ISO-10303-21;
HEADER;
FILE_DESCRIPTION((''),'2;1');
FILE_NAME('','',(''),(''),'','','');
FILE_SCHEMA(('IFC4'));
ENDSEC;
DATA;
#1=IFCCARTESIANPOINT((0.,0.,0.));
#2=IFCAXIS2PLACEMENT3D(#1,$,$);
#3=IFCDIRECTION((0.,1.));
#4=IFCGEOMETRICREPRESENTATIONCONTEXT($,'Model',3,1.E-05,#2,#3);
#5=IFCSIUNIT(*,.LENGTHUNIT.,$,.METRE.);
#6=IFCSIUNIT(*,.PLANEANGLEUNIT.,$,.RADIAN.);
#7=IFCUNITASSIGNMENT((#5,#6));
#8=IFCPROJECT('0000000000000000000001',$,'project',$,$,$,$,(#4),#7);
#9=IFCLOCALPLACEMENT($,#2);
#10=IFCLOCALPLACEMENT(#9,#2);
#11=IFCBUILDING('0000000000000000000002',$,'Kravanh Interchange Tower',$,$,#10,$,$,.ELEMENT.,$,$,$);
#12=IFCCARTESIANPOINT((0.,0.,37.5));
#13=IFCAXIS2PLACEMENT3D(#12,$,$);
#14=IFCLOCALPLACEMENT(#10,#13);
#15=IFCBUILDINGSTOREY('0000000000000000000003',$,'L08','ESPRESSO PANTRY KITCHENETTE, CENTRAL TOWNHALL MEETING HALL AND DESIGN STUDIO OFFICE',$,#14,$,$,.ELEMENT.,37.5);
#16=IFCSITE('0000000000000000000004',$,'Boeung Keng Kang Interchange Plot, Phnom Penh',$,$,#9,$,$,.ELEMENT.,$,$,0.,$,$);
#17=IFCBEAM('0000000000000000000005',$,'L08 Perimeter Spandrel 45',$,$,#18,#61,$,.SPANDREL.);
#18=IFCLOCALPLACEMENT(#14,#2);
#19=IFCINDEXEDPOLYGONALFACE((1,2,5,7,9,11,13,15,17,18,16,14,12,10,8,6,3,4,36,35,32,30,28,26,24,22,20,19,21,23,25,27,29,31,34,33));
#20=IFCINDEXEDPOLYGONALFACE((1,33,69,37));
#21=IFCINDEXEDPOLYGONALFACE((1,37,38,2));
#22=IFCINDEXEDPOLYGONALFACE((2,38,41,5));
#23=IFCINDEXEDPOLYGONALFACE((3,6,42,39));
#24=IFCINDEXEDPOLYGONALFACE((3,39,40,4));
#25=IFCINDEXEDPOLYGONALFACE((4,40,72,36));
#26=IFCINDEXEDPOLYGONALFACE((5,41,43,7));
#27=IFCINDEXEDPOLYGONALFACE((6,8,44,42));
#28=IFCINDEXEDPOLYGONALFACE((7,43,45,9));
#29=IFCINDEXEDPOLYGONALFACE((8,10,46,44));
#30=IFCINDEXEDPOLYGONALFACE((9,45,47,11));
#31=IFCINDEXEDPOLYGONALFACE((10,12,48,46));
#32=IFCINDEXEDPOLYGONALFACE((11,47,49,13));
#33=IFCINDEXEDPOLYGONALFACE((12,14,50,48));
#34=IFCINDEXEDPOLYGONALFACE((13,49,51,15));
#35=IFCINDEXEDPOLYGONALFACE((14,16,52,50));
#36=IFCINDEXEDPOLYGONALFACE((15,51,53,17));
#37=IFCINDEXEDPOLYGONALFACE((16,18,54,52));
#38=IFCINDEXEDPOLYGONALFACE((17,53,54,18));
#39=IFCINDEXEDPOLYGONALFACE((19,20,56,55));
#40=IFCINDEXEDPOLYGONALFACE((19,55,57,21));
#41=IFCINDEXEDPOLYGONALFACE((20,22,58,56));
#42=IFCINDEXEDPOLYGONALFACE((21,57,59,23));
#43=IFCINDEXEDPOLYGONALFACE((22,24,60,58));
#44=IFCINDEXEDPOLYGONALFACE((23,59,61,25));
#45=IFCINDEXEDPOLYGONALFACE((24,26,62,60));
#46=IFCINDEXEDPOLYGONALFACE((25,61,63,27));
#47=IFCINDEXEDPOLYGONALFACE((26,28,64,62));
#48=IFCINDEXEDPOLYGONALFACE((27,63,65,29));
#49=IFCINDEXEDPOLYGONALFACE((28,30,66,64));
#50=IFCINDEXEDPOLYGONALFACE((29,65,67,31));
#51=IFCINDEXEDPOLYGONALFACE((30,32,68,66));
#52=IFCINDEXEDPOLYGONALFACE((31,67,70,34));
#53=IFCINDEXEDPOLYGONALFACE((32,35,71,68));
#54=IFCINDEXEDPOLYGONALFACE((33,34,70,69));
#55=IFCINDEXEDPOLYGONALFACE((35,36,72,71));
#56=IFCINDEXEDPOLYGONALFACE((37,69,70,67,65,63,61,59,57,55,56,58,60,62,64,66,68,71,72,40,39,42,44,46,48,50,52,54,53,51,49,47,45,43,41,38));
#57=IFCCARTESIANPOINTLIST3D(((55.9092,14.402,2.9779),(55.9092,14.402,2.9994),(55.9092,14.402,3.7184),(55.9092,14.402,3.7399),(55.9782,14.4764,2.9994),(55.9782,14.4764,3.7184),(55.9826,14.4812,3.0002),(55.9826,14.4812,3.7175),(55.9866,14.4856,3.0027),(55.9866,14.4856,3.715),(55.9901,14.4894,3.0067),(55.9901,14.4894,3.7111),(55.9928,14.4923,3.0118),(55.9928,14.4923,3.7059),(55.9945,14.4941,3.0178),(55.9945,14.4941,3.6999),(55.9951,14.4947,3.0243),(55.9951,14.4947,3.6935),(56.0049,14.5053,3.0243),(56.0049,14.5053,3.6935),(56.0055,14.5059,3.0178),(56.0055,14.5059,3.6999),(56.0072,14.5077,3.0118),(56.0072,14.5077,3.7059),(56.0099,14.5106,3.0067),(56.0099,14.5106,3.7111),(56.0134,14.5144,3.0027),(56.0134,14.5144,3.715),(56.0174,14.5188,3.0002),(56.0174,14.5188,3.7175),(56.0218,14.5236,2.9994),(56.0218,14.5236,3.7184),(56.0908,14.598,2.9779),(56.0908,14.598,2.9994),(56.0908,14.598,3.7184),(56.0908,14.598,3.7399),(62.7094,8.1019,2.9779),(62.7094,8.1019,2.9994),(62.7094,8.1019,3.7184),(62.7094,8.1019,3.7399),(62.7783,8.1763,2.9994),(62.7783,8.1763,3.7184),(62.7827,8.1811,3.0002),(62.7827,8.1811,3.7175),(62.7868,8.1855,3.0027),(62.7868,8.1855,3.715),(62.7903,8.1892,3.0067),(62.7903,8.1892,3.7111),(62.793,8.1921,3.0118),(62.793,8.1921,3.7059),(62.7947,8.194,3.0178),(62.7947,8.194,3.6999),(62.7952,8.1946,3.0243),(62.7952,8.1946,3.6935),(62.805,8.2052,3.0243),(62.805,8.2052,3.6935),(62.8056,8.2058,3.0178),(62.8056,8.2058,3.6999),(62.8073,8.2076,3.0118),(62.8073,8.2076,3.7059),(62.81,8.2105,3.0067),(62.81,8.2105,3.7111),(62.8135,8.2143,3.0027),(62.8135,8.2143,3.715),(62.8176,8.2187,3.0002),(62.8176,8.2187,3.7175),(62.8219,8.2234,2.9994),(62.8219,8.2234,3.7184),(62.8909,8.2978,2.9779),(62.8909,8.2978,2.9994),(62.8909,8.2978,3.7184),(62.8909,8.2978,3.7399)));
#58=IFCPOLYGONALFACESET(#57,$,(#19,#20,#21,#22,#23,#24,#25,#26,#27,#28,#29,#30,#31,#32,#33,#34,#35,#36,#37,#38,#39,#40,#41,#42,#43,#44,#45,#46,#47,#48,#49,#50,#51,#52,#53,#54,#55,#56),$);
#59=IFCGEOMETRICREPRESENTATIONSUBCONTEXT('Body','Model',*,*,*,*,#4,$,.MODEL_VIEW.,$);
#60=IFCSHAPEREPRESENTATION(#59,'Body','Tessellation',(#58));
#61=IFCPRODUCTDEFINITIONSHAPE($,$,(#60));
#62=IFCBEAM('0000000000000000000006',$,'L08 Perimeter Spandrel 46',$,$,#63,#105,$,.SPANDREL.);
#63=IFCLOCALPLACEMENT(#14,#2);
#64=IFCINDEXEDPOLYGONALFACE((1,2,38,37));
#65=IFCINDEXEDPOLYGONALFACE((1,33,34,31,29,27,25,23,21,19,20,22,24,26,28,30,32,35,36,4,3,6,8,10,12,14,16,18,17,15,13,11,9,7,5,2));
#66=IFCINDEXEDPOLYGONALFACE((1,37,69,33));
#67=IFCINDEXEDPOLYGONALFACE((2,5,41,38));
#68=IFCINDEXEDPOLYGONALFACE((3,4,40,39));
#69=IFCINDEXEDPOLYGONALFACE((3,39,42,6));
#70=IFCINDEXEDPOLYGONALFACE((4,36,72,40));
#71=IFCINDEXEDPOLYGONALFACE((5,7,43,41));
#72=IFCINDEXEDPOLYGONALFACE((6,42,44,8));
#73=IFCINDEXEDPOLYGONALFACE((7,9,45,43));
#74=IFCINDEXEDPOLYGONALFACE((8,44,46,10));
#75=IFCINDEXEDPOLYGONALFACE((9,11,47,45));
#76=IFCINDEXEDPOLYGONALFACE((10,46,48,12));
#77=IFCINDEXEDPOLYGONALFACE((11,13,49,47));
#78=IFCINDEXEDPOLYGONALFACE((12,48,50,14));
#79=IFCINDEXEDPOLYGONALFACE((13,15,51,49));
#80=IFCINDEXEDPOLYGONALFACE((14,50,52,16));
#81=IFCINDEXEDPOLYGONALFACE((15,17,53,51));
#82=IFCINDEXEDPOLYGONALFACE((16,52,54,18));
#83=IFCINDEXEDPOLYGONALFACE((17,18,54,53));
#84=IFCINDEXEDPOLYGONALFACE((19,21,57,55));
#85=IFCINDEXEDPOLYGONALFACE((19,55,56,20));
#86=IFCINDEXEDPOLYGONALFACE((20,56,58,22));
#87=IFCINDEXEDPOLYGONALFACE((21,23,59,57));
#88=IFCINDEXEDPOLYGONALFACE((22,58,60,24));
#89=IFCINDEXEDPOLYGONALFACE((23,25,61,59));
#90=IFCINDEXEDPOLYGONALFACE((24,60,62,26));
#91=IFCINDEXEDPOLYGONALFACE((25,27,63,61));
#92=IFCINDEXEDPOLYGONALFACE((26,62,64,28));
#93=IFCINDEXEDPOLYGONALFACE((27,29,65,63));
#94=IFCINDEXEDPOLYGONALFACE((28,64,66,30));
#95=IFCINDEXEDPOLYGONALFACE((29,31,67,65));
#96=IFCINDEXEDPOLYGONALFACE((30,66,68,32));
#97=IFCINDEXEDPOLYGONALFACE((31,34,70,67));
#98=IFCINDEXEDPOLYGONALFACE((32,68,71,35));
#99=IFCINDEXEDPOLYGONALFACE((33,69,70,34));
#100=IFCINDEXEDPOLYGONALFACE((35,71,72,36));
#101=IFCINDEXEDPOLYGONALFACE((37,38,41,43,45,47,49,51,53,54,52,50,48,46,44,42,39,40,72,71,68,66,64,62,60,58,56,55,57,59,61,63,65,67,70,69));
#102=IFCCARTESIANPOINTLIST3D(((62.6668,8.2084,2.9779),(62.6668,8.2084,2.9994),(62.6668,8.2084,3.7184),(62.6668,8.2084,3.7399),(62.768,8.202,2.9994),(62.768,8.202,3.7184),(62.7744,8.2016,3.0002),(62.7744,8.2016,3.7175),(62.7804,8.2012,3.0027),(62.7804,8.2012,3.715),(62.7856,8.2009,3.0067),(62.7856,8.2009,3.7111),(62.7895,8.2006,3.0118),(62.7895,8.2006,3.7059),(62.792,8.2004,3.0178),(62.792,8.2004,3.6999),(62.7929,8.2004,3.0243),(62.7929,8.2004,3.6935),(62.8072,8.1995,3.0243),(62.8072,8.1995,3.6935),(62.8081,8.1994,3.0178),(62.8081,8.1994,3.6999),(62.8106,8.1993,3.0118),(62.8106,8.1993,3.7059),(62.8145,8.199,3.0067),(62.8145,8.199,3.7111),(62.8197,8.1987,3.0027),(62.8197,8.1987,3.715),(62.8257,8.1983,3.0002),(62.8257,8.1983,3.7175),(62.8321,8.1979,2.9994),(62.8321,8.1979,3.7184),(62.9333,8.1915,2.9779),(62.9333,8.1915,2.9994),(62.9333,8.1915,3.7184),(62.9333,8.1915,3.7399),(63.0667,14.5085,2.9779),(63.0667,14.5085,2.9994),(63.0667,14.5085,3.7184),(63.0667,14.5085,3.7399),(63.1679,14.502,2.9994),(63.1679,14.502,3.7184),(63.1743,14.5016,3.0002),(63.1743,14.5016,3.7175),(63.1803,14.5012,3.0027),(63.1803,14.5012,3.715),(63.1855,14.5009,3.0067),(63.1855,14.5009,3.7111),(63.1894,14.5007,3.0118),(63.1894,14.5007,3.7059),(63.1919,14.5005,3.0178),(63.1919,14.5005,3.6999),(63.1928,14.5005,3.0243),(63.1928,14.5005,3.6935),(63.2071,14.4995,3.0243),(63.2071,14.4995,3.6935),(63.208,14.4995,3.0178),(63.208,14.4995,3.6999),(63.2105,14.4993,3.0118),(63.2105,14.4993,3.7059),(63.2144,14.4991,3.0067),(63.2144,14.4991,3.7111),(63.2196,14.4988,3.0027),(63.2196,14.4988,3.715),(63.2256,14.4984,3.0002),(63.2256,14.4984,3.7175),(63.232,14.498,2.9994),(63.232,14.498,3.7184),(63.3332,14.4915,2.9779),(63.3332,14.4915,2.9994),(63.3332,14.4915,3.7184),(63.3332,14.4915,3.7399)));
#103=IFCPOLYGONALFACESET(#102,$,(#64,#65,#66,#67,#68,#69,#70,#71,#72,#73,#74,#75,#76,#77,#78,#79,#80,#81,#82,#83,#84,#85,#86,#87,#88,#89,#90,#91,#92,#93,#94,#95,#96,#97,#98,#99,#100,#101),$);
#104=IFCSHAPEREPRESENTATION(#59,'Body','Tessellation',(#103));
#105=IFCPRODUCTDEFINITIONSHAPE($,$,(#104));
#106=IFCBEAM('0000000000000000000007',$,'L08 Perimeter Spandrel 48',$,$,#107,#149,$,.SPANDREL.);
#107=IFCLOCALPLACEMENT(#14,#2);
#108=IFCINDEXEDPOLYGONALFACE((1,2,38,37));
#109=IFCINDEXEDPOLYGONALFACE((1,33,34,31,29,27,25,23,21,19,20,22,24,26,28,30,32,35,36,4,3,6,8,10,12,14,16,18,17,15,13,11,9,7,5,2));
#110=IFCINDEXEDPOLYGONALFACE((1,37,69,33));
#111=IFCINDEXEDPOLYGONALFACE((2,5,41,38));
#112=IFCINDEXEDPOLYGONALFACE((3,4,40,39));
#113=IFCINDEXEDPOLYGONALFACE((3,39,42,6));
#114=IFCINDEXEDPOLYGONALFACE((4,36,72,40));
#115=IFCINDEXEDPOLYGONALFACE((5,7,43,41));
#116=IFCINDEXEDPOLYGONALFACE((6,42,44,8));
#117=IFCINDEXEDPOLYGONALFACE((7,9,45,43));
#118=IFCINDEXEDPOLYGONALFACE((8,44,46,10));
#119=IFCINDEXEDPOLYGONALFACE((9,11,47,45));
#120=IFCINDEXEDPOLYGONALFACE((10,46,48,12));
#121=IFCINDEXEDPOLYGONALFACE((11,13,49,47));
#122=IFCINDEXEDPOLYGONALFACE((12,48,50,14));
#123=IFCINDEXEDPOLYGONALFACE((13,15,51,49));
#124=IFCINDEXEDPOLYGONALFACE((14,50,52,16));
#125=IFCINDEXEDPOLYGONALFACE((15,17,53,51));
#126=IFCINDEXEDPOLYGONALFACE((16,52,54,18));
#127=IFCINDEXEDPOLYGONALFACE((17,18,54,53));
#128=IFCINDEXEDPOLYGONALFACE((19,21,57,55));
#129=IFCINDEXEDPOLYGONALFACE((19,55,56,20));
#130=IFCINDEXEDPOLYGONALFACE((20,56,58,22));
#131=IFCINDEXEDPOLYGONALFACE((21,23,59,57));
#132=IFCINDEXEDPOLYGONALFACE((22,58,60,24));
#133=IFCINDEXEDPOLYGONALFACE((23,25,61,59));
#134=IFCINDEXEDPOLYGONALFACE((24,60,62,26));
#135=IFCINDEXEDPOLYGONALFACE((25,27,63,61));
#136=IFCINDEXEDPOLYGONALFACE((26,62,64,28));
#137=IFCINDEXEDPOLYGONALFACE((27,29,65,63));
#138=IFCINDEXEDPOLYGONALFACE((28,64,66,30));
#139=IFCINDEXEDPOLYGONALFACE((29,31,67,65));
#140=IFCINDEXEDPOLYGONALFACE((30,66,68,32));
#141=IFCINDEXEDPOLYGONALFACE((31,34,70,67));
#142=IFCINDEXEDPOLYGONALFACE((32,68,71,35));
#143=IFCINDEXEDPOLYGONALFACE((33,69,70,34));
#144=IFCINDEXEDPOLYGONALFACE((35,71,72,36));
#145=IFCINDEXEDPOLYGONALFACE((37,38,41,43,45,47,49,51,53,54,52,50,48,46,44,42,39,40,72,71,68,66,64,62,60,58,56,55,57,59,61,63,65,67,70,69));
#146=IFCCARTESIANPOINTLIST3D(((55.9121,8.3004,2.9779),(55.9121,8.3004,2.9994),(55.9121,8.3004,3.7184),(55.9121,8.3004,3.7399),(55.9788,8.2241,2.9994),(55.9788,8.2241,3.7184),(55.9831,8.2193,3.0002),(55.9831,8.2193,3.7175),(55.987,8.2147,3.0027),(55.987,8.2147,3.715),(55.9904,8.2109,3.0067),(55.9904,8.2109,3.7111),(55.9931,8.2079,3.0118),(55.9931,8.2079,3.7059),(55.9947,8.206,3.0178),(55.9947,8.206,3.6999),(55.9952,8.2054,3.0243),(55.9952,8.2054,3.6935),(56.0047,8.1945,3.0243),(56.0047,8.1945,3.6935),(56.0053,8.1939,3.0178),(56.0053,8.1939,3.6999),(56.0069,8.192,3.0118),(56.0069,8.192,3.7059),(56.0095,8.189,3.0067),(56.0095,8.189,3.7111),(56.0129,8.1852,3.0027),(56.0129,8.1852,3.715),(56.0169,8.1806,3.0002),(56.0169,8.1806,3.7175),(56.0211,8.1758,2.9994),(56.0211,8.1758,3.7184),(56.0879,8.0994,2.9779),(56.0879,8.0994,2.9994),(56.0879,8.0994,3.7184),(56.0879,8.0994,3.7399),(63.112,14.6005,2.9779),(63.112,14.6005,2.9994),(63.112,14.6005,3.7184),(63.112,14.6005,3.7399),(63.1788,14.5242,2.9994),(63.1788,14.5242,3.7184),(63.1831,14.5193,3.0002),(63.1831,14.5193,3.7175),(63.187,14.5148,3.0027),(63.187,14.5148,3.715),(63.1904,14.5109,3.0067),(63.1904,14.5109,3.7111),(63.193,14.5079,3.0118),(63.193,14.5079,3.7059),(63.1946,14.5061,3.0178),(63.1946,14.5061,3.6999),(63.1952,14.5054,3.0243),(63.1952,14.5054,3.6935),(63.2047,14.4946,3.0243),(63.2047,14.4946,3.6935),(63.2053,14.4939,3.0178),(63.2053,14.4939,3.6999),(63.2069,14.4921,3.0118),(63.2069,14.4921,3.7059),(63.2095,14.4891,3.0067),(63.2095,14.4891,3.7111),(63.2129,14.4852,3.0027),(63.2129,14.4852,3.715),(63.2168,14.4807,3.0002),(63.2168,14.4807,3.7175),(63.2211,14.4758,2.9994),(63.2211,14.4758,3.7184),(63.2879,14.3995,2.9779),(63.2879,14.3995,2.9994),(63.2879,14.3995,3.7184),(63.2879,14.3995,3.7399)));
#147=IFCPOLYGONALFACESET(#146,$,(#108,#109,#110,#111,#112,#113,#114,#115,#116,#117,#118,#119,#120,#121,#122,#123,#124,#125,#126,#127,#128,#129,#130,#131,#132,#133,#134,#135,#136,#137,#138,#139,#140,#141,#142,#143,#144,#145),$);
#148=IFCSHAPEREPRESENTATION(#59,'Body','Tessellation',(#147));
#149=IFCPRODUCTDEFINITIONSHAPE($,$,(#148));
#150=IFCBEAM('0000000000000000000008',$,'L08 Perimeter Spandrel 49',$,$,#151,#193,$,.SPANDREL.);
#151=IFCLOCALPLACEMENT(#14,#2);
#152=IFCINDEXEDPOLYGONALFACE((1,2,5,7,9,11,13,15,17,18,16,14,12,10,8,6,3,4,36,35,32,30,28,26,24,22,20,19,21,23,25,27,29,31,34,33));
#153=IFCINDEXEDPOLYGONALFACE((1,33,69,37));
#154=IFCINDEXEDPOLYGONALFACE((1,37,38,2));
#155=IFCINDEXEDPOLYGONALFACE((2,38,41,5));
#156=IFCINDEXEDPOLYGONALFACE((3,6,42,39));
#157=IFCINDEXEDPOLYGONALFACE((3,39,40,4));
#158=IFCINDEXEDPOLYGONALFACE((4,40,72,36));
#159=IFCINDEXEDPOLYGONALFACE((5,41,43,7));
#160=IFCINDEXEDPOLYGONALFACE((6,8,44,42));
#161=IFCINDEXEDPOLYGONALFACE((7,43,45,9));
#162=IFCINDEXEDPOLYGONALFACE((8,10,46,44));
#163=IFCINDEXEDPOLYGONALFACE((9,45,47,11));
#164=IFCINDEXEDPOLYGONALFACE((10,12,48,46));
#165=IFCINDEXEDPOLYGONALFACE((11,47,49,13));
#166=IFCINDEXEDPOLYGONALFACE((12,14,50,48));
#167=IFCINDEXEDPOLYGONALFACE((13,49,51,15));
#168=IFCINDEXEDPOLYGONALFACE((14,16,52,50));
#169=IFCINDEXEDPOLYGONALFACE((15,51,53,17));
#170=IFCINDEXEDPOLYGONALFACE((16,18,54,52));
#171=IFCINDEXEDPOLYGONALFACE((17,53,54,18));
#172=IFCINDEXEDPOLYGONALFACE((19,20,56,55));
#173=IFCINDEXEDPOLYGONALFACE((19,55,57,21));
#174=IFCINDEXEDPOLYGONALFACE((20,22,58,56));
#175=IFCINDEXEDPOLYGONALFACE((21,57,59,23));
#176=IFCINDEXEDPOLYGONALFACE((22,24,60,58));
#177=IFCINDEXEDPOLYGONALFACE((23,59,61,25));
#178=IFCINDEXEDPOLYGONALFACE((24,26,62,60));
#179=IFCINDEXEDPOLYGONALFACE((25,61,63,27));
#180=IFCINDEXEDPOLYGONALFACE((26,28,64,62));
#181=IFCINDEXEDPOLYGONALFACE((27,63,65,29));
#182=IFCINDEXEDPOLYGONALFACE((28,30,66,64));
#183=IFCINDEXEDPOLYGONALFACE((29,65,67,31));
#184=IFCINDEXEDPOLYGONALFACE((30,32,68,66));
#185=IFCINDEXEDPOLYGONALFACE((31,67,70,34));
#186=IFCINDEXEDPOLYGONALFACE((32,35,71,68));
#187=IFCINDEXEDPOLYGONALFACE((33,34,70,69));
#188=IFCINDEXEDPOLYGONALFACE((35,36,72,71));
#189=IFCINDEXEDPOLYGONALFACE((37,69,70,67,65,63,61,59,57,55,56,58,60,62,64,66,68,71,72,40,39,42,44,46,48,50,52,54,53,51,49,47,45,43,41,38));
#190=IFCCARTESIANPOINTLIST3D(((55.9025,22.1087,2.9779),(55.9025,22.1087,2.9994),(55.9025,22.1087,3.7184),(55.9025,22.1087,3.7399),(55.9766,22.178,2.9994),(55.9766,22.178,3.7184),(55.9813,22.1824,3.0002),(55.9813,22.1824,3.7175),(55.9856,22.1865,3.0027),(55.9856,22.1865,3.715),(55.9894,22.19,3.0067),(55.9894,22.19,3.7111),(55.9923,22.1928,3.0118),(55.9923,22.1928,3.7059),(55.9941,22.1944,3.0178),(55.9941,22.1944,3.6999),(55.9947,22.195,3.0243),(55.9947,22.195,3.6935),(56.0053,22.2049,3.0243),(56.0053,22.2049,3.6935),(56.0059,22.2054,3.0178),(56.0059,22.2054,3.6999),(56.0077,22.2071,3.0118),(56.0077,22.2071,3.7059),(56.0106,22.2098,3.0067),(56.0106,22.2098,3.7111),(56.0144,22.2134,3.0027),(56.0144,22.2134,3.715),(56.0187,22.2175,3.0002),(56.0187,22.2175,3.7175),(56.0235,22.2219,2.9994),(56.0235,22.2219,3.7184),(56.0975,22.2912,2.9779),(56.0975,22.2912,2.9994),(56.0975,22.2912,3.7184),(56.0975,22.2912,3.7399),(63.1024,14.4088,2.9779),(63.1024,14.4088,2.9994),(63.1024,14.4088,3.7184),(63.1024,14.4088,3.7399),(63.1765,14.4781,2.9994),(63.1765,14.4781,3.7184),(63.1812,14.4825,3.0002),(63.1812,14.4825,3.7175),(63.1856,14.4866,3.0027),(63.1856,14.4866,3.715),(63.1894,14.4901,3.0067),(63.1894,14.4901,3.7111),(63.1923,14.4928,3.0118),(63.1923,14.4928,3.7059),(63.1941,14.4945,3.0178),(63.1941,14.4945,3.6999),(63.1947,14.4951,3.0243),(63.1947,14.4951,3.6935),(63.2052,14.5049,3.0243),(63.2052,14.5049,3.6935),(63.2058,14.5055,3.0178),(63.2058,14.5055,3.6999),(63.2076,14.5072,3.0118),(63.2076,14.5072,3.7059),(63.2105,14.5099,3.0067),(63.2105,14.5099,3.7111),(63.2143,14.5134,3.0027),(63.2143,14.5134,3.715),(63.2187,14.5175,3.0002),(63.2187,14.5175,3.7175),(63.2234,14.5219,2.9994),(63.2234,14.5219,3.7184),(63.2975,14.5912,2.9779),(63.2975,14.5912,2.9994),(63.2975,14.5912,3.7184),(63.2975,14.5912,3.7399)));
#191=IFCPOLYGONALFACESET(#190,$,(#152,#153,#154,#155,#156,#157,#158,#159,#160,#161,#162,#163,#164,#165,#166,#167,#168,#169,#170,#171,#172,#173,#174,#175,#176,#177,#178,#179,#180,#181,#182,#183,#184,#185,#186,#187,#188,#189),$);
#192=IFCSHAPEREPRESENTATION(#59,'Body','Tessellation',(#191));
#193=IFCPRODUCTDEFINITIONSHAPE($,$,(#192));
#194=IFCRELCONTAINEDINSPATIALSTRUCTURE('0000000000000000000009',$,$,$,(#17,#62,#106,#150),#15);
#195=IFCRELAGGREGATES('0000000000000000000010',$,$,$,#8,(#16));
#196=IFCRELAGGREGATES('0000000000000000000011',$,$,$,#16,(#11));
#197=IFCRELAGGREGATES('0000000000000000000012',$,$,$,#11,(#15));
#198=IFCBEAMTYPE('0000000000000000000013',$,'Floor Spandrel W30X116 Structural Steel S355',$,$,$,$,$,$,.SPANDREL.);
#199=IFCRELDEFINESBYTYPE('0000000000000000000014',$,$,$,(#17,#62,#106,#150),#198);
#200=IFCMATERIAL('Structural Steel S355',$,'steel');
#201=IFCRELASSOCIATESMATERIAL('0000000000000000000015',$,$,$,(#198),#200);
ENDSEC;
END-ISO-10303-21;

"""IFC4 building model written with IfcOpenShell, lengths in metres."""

from ifc_helpers import new_model, si_unit, direction, frame, origin, origin_2d, place, context, subcontext, project, spatial, i_section, extrude, material, material_profile, profile_set, type_object, element, save


model = new_model("IFC4")

# Units and contexts
model_context = context("Model", 3, precision=1e-05, world=origin(), true_north=direction((0.0, 1.0)))
body_context = subcontext(model_context, "Body", "Model", "MODEL_VIEW")
ifc_project = project(units=[si_unit("LENGTHUNIT", "METRE"), si_unit("PLANEANGLEUNIT", "RADIAN")], contexts=[model_context])

# Site, building, storey
site_placement = place(None, origin())
site = spatial("IfcSite", under=ifc_project, at=site_placement, Name="Boeung Keng Kang Interchange Plot, Phnom Penh", CompositionType="ELEMENT", RefElevation=0.0)
building_placement = place(site_placement, origin())
building = spatial("IfcBuilding", under=site, at=building_placement, Name="Kravanh Interchange Tower", CompositionType="ELEMENT")
storey_placement = place(building_placement, frame((0.0, 0.0, 37.5)))
storey = spatial("IfcBuildingStorey", under=building, at=storey_placement, Name="L08", Description="ESPRESSO PANTRY KITCHENETTE, CENTRAL TOWNHALL MEETING HALL AND DESIGN STUDIO OFFICE", CompositionType="ELEMENT", Elevation=37.5)

# Beams
ifc_material_1 = material(Name="Structural Steel S355", Category="steel")
ifc_material_profile_1 = material_profile(ifc_material_1, i_section(OverallWidth=0.2671, OverallDepth=0.762, WebThickness=0.0144, FlangeThickness=0.0215, FilletRadius=0.0249, at=origin_2d()), Name="W30X116")
ifc_profile_set_1 = profile_set([ifc_material_profile_1], Name="Structural Steel S355")
beam_type_1 = type_object("IfcBeamType", Name="Floor Spandrel W30X116 Structural Steel S355", PredefinedType="SPANDREL", material=ifc_profile_set_1)
beam_1_placement = place(storey_placement, frame((56.0, 14.5, 3.3589), z_axis=(0.733561, -0.679623, 0.0), x_axis=(0.679623, 0.733561, 0.0)))
element("IfcBeam", 1, at=beam_1_placement, inside=storey, type_object=beam_type_1, Name="L08 Perimeter Spandrel 45", PredefinedType="SPANDREL", context=body_context, shape_type="SweptSolid", body=[
    extrude(i_section(OverallWidth=0.2671, OverallDepth=0.762, WebThickness=0.0144, FlangeThickness=0.0215, FilletRadius=0.0249, at=origin_2d()), origin(), (0.0, 0.0, 1.0), 9.27),
])
beam_2_placement = place(storey_placement, frame((63.2, 14.5, 3.3589), z_axis=(-0.063349, -0.997991, 0.0), x_axis=(0.997991, -0.063349, 0.0)))
element("IfcBeam", 2, at=beam_2_placement, inside=storey, type_object=beam_type_1, Name="L08 Perimeter Spandrel 46", PredefinedType="SPANDREL", context=body_context, shape_type="SweptSolid", body=[
    extrude(i_section(OverallWidth=0.2671, OverallDepth=0.762, WebThickness=0.0144, FlangeThickness=0.0215, FilletRadius=0.0249, at=origin_2d()), origin(), (0.0, 0.0, 1.0), 6.3127),
])
beam_3_placement = place(storey_placement, frame((63.2, 14.5, 3.3589), z_axis=(-0.752572, -0.65851, 0.0), x_axis=(0.65851, -0.752572, 0.0)))
element("IfcBeam", 3, at=beam_3_placement, inside=storey, type_object=beam_type_1, Name="L08 Perimeter Spandrel 48", PredefinedType="SPANDREL", context=body_context, shape_type="SweptSolid", body=[
    extrude(i_section(OverallWidth=0.2671, OverallDepth=0.762, WebThickness=0.0144, FlangeThickness=0.0215, FilletRadius=0.0249, at=origin_2d()), origin(), (0.0, 0.0, 1.0), 9.5671),
])
beam_4_placement = place(storey_placement, frame((63.2, 14.5, 3.3589), z_axis=(-0.682994, 0.730424, 0.0), x_axis=(-0.730424, -0.682994, 0.0)))
element("IfcBeam", 4, at=beam_4_placement, inside=storey, type_object=beam_type_1, Name="L08 Perimeter Spandrel 49", PredefinedType="SPANDREL", context=body_context, shape_type="SweptSolid", body=[
    extrude(i_section(OverallWidth=0.2671, OverallDepth=0.762, WebThickness=0.0144, FlangeThickness=0.0215, FilletRadius=0.0249, at=origin_2d()), origin(), (0.0, 0.0, 1.0), 10.5417),
])

save(model, "model.ifc")
